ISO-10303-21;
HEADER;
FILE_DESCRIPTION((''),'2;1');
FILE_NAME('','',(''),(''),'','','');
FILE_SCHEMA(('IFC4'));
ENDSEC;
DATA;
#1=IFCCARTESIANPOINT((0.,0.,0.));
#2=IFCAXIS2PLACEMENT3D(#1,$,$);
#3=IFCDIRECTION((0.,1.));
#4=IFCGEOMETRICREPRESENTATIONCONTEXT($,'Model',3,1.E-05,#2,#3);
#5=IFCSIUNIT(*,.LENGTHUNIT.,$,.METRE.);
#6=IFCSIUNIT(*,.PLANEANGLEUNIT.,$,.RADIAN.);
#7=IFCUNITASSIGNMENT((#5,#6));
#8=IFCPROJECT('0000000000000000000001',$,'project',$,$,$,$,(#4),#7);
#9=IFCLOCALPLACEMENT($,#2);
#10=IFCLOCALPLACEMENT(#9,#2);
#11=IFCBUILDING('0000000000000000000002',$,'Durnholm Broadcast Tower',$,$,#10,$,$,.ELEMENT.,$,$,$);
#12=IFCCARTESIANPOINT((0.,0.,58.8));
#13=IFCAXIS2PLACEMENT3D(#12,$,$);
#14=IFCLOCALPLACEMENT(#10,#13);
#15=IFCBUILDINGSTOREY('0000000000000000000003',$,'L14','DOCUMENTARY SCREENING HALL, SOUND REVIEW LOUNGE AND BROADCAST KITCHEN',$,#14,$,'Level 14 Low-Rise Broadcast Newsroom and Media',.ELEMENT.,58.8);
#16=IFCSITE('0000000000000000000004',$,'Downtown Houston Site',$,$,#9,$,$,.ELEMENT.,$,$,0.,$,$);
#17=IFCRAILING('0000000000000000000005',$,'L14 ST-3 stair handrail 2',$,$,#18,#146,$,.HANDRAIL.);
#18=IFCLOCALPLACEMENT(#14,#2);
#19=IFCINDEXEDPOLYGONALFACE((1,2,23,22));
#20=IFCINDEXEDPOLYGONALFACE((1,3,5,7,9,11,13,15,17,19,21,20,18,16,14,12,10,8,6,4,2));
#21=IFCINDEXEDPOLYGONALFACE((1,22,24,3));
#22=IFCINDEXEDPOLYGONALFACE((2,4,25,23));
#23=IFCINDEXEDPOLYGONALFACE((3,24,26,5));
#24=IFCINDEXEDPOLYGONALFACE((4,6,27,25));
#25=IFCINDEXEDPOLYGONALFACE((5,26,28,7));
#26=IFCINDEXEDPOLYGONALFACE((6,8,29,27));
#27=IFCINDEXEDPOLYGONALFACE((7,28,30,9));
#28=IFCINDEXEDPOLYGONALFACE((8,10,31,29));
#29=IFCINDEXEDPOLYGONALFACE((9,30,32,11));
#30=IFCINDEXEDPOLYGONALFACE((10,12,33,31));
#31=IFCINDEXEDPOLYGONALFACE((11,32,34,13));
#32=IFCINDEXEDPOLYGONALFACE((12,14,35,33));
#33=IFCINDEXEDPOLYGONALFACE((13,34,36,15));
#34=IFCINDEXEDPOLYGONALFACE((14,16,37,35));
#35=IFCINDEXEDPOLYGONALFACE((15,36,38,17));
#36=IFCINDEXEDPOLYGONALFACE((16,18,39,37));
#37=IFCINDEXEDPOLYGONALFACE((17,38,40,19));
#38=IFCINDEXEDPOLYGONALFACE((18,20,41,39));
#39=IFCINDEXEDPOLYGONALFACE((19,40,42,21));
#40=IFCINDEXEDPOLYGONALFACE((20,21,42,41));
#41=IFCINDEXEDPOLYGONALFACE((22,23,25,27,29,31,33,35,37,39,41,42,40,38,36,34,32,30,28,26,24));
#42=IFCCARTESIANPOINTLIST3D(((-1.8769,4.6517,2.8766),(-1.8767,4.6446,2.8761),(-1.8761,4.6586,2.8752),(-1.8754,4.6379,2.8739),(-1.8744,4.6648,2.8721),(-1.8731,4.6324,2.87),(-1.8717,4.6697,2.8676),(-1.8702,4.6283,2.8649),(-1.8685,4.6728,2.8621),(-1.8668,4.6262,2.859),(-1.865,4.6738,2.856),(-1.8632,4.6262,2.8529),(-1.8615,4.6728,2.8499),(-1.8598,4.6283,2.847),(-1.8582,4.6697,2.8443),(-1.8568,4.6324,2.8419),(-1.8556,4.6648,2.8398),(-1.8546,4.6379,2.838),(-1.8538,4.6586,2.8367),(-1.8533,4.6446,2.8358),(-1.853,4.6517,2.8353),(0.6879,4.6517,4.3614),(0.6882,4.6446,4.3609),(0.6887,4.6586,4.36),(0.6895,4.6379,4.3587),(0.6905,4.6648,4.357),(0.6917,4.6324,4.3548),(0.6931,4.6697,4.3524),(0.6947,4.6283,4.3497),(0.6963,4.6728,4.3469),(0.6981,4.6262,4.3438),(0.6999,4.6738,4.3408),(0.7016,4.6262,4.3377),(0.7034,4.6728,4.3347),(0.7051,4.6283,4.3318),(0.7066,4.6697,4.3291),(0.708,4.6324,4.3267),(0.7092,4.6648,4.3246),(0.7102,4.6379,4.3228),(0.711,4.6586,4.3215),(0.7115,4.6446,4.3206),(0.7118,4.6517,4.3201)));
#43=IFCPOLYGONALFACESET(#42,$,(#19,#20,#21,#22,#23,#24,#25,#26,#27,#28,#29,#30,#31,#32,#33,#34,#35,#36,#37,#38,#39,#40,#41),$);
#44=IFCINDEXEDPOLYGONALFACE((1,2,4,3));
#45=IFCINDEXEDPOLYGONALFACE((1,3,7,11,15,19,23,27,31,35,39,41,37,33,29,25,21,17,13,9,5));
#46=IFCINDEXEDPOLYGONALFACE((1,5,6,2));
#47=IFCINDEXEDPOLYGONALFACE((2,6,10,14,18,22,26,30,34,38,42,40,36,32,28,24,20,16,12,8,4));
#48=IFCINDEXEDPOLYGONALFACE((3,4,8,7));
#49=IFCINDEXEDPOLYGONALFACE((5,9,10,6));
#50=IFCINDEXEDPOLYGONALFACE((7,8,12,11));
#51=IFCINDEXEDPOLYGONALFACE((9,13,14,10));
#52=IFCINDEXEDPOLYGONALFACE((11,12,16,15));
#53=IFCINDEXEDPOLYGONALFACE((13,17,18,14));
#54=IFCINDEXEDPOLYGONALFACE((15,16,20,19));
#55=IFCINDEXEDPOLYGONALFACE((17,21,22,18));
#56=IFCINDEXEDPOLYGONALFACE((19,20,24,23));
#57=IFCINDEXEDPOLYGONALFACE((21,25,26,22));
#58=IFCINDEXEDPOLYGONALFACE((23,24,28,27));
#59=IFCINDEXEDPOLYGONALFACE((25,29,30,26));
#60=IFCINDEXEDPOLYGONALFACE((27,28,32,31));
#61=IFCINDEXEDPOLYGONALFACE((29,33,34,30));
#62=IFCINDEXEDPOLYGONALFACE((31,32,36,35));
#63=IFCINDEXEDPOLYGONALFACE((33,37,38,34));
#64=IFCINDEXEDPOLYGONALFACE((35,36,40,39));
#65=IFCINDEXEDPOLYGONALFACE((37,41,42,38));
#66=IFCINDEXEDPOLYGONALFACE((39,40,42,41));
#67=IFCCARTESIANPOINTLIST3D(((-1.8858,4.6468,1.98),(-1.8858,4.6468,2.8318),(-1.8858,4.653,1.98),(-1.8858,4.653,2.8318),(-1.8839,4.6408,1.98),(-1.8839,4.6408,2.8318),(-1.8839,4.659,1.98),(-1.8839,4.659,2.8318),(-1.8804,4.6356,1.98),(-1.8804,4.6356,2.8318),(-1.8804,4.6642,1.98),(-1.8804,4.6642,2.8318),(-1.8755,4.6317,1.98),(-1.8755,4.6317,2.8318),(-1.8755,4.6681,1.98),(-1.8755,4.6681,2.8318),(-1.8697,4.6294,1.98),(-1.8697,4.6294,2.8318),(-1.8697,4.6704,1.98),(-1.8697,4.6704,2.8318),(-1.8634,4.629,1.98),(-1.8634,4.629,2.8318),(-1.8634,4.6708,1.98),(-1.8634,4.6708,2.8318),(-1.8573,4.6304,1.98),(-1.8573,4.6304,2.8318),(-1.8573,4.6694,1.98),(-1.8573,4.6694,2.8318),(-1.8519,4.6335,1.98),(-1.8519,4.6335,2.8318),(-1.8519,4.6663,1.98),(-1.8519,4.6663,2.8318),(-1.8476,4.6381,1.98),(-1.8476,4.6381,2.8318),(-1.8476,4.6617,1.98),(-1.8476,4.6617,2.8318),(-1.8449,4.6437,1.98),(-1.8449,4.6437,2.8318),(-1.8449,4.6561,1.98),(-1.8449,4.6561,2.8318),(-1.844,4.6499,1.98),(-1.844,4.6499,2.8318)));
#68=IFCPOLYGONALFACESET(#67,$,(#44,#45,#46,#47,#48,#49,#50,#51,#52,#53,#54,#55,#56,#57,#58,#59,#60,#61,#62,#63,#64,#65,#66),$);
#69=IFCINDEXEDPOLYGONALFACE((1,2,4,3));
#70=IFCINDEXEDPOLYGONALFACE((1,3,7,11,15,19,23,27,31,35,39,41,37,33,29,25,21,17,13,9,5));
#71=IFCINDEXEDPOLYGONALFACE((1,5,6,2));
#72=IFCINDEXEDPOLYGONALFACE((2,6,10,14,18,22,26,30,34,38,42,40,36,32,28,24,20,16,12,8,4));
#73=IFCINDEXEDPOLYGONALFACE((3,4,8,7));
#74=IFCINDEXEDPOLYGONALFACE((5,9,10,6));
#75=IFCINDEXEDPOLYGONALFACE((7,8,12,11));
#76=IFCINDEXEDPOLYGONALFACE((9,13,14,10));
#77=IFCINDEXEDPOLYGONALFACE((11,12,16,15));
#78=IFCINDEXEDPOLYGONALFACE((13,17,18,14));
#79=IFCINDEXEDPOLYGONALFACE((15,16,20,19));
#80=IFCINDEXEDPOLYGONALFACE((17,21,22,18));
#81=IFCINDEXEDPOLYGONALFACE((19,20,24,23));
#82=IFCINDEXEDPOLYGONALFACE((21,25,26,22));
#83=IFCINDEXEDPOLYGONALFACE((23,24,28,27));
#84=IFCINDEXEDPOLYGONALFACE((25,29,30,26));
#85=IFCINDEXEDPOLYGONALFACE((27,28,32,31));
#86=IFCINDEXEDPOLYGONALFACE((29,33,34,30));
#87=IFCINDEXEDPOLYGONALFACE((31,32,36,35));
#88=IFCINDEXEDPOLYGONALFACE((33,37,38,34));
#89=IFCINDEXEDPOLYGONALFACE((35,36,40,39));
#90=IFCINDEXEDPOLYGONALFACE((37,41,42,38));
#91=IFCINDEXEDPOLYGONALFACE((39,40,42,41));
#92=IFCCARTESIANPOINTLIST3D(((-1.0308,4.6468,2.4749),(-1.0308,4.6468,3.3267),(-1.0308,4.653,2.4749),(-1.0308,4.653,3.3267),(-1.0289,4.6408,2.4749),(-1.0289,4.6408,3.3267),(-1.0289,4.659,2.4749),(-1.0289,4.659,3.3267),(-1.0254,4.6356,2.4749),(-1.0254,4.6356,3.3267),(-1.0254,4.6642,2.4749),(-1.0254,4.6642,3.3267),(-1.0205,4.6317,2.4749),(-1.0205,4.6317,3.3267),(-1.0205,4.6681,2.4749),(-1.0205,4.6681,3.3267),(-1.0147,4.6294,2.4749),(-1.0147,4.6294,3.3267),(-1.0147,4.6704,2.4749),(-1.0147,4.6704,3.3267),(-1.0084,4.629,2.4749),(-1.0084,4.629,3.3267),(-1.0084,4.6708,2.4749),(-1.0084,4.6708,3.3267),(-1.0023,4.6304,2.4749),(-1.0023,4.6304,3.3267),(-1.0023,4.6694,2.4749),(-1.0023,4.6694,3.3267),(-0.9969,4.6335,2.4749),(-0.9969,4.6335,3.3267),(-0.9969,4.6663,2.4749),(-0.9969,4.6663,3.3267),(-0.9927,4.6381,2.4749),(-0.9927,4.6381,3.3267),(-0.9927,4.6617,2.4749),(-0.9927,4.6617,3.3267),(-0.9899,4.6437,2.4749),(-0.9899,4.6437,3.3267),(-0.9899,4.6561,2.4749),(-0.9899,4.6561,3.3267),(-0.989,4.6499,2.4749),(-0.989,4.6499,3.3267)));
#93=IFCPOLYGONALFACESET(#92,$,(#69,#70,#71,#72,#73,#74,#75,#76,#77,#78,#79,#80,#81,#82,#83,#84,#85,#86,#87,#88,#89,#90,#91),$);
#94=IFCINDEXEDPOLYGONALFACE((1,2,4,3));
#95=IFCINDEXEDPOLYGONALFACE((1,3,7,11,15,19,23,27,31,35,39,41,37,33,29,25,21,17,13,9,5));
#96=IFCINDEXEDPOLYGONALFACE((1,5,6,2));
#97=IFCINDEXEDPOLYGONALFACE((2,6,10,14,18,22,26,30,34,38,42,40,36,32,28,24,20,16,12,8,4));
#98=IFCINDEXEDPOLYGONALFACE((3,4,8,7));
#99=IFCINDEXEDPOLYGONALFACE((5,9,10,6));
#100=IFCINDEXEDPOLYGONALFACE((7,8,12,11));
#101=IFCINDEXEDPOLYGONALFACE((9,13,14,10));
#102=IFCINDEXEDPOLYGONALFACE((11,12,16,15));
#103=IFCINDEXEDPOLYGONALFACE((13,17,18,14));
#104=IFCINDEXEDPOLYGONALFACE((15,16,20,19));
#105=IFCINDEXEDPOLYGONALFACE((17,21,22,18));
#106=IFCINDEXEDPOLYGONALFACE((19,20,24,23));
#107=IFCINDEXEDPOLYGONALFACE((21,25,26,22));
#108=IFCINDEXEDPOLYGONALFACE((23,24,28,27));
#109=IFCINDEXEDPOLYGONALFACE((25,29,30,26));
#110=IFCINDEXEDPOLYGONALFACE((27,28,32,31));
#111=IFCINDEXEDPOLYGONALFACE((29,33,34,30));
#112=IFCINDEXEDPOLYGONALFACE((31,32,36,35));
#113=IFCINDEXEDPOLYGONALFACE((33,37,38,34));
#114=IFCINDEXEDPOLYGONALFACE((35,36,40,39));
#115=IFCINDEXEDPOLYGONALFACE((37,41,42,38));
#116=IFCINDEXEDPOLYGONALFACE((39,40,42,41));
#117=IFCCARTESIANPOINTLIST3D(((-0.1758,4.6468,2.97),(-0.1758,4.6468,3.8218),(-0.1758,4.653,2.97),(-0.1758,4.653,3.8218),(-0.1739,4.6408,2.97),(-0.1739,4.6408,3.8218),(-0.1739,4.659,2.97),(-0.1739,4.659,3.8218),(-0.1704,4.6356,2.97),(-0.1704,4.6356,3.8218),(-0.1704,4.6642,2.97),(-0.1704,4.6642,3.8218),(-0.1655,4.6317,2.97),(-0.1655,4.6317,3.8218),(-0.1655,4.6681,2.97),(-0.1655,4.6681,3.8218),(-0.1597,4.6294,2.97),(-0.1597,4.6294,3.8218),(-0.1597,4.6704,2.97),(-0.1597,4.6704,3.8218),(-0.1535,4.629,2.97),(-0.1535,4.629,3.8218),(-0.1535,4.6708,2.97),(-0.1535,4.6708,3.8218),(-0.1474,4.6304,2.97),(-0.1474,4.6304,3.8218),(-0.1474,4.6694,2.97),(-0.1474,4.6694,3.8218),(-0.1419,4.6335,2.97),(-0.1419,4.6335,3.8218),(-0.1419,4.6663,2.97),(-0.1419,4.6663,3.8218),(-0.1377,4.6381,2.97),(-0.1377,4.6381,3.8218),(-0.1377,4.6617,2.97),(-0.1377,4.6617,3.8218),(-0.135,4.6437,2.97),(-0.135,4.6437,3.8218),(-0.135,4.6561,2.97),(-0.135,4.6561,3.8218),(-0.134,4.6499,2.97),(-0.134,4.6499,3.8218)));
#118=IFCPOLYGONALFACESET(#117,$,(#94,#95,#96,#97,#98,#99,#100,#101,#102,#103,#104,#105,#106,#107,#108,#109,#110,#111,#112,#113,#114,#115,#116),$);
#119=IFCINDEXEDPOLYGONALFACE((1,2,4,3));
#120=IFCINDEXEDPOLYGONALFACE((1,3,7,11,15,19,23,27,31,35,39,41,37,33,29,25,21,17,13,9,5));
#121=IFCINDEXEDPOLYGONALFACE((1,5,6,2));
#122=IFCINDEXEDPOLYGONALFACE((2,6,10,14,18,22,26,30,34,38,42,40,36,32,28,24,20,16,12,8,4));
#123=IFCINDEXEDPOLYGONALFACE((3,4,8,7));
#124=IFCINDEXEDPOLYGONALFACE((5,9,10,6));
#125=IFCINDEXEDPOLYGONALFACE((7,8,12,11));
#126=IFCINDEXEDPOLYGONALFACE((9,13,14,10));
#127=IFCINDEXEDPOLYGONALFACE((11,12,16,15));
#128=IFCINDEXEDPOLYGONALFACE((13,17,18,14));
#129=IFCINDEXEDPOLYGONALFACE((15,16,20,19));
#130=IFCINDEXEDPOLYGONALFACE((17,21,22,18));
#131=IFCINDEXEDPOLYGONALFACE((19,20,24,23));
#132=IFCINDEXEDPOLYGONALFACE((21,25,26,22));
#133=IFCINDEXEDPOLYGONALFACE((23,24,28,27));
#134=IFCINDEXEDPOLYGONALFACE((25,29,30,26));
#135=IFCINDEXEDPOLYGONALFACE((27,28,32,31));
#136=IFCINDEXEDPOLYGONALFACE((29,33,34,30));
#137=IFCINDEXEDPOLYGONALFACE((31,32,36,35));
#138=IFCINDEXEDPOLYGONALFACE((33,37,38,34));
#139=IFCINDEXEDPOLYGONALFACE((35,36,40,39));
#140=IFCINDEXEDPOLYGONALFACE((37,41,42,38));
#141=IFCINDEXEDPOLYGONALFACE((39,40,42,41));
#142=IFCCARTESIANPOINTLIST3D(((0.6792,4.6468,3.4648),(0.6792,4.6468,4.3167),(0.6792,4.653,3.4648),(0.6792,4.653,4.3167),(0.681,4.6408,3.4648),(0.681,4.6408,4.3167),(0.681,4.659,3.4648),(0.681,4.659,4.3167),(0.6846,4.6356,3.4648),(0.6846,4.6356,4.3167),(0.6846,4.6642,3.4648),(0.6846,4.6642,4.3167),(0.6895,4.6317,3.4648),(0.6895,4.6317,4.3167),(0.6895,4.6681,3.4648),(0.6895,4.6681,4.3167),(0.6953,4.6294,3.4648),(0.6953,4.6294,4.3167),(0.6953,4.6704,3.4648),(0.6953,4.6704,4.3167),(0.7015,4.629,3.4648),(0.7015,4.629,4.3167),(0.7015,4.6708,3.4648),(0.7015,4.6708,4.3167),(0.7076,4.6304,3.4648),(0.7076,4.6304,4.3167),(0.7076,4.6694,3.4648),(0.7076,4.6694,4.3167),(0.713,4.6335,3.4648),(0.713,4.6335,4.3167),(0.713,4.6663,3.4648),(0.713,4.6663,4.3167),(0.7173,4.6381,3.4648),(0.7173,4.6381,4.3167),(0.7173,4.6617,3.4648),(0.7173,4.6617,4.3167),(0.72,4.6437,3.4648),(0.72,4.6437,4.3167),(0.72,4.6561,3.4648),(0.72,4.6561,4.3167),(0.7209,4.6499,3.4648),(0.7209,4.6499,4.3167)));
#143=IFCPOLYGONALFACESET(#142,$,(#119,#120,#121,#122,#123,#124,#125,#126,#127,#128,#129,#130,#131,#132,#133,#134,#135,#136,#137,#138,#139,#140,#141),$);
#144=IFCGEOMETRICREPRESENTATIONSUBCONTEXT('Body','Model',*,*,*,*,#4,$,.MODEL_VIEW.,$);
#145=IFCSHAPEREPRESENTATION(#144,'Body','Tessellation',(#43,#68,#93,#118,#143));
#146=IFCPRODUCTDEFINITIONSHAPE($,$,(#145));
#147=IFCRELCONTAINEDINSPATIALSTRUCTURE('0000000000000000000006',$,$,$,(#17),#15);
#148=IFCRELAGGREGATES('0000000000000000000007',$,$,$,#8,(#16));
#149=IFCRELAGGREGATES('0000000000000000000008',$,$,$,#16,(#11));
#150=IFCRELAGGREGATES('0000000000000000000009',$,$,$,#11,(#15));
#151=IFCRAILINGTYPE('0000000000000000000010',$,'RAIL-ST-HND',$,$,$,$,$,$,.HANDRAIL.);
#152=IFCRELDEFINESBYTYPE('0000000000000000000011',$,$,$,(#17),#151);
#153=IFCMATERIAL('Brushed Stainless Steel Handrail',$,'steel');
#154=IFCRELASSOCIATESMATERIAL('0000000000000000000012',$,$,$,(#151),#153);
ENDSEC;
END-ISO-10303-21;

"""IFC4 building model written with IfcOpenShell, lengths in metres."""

from ifc_helpers import new_model, si_unit, direction, frame, origin, origin_2d, place, context, subcontext, project, spatial, circle, extrude, material, type_object, element, save


model = new_model("IFC4")

# Units and contexts
model_context = context("Model", 3, precision=1e-05, world=origin(), true_north=direction((0.0, 1.0)))
body_context = subcontext(model_context, "Body", "Model", "MODEL_VIEW")
ifc_project = project(units=[si_unit("LENGTHUNIT", "METRE"), si_unit("PLANEANGLEUNIT", "RADIAN")], contexts=[model_context])

# Site, building, storey
site_placement = place(None, origin())
site = spatial("IfcSite", under=ifc_project, at=site_placement, Name="Downtown Houston Site", CompositionType="ELEMENT", RefElevation=0.0)
building_placement = place(site_placement, origin())
building = spatial("IfcBuilding", under=site, at=building_placement, Name="Durnholm Broadcast Tower", CompositionType="ELEMENT")
storey_placement = place(building_placement, frame((0.0, 0.0, 58.8)))
storey = spatial("IfcBuildingStorey", under=building, at=storey_placement, Name="L14", Description="DOCUMENTARY SCREENING HALL, SOUND REVIEW LOUNGE AND BROADCAST KITCHEN", LongName="Level 14 Low-Rise Broadcast Newsroom and Media", CompositionType="ELEMENT", Elevation=58.8)

# Railing
ifc_material_1 = material(Name="Brushed Stainless Steel Handrail", Category="steel")
railing_type_1 = type_object("IfcRailingType", Name="RAIL-ST-HND", PredefinedType="HANDRAIL", material=ifc_material_1)
railing_1_placement = place(storey_placement, frame((-1.865, 4.6499, 1.98)))
element("IfcRailing", 1, at=railing_1_placement, inside=storey, type_object=railing_type_1, Name="L14 ST-3 stair handrail 2", PredefinedType="HANDRAIL", context=body_context, shape_type="SweptSolid", body=[
    extrude(circle(Radius=0.0239, at=origin_2d()), frame((0.0, 0.0, 0.876), z_axis=(0.865441, 0.0, 0.50101), x_axis=(0.0, 1.0, 0.0)), (0.0, 0.0, 1.0), 2.9636),
    extrude(circle(Radius=0.021, at=origin_2d()), origin(), (0.0, 0.0, 1.0), 0.8518),
    extrude(circle(Radius=0.021, at=origin_2d()), frame((0.855, 0.0, 0.4949)), (0.0, 0.0, 1.0), 0.8518),
    extrude(circle(Radius=0.021, at=origin_2d()), frame((1.71, 0.0, 0.99)), (0.0, 0.0, 1.0), 0.8518),
    extrude(circle(Radius=0.021, at=origin_2d()), frame((2.5649, 0.0, 1.4849)), (0.0, 0.0, 1.0), 0.8518),
])

save(model, "model.ifc")
